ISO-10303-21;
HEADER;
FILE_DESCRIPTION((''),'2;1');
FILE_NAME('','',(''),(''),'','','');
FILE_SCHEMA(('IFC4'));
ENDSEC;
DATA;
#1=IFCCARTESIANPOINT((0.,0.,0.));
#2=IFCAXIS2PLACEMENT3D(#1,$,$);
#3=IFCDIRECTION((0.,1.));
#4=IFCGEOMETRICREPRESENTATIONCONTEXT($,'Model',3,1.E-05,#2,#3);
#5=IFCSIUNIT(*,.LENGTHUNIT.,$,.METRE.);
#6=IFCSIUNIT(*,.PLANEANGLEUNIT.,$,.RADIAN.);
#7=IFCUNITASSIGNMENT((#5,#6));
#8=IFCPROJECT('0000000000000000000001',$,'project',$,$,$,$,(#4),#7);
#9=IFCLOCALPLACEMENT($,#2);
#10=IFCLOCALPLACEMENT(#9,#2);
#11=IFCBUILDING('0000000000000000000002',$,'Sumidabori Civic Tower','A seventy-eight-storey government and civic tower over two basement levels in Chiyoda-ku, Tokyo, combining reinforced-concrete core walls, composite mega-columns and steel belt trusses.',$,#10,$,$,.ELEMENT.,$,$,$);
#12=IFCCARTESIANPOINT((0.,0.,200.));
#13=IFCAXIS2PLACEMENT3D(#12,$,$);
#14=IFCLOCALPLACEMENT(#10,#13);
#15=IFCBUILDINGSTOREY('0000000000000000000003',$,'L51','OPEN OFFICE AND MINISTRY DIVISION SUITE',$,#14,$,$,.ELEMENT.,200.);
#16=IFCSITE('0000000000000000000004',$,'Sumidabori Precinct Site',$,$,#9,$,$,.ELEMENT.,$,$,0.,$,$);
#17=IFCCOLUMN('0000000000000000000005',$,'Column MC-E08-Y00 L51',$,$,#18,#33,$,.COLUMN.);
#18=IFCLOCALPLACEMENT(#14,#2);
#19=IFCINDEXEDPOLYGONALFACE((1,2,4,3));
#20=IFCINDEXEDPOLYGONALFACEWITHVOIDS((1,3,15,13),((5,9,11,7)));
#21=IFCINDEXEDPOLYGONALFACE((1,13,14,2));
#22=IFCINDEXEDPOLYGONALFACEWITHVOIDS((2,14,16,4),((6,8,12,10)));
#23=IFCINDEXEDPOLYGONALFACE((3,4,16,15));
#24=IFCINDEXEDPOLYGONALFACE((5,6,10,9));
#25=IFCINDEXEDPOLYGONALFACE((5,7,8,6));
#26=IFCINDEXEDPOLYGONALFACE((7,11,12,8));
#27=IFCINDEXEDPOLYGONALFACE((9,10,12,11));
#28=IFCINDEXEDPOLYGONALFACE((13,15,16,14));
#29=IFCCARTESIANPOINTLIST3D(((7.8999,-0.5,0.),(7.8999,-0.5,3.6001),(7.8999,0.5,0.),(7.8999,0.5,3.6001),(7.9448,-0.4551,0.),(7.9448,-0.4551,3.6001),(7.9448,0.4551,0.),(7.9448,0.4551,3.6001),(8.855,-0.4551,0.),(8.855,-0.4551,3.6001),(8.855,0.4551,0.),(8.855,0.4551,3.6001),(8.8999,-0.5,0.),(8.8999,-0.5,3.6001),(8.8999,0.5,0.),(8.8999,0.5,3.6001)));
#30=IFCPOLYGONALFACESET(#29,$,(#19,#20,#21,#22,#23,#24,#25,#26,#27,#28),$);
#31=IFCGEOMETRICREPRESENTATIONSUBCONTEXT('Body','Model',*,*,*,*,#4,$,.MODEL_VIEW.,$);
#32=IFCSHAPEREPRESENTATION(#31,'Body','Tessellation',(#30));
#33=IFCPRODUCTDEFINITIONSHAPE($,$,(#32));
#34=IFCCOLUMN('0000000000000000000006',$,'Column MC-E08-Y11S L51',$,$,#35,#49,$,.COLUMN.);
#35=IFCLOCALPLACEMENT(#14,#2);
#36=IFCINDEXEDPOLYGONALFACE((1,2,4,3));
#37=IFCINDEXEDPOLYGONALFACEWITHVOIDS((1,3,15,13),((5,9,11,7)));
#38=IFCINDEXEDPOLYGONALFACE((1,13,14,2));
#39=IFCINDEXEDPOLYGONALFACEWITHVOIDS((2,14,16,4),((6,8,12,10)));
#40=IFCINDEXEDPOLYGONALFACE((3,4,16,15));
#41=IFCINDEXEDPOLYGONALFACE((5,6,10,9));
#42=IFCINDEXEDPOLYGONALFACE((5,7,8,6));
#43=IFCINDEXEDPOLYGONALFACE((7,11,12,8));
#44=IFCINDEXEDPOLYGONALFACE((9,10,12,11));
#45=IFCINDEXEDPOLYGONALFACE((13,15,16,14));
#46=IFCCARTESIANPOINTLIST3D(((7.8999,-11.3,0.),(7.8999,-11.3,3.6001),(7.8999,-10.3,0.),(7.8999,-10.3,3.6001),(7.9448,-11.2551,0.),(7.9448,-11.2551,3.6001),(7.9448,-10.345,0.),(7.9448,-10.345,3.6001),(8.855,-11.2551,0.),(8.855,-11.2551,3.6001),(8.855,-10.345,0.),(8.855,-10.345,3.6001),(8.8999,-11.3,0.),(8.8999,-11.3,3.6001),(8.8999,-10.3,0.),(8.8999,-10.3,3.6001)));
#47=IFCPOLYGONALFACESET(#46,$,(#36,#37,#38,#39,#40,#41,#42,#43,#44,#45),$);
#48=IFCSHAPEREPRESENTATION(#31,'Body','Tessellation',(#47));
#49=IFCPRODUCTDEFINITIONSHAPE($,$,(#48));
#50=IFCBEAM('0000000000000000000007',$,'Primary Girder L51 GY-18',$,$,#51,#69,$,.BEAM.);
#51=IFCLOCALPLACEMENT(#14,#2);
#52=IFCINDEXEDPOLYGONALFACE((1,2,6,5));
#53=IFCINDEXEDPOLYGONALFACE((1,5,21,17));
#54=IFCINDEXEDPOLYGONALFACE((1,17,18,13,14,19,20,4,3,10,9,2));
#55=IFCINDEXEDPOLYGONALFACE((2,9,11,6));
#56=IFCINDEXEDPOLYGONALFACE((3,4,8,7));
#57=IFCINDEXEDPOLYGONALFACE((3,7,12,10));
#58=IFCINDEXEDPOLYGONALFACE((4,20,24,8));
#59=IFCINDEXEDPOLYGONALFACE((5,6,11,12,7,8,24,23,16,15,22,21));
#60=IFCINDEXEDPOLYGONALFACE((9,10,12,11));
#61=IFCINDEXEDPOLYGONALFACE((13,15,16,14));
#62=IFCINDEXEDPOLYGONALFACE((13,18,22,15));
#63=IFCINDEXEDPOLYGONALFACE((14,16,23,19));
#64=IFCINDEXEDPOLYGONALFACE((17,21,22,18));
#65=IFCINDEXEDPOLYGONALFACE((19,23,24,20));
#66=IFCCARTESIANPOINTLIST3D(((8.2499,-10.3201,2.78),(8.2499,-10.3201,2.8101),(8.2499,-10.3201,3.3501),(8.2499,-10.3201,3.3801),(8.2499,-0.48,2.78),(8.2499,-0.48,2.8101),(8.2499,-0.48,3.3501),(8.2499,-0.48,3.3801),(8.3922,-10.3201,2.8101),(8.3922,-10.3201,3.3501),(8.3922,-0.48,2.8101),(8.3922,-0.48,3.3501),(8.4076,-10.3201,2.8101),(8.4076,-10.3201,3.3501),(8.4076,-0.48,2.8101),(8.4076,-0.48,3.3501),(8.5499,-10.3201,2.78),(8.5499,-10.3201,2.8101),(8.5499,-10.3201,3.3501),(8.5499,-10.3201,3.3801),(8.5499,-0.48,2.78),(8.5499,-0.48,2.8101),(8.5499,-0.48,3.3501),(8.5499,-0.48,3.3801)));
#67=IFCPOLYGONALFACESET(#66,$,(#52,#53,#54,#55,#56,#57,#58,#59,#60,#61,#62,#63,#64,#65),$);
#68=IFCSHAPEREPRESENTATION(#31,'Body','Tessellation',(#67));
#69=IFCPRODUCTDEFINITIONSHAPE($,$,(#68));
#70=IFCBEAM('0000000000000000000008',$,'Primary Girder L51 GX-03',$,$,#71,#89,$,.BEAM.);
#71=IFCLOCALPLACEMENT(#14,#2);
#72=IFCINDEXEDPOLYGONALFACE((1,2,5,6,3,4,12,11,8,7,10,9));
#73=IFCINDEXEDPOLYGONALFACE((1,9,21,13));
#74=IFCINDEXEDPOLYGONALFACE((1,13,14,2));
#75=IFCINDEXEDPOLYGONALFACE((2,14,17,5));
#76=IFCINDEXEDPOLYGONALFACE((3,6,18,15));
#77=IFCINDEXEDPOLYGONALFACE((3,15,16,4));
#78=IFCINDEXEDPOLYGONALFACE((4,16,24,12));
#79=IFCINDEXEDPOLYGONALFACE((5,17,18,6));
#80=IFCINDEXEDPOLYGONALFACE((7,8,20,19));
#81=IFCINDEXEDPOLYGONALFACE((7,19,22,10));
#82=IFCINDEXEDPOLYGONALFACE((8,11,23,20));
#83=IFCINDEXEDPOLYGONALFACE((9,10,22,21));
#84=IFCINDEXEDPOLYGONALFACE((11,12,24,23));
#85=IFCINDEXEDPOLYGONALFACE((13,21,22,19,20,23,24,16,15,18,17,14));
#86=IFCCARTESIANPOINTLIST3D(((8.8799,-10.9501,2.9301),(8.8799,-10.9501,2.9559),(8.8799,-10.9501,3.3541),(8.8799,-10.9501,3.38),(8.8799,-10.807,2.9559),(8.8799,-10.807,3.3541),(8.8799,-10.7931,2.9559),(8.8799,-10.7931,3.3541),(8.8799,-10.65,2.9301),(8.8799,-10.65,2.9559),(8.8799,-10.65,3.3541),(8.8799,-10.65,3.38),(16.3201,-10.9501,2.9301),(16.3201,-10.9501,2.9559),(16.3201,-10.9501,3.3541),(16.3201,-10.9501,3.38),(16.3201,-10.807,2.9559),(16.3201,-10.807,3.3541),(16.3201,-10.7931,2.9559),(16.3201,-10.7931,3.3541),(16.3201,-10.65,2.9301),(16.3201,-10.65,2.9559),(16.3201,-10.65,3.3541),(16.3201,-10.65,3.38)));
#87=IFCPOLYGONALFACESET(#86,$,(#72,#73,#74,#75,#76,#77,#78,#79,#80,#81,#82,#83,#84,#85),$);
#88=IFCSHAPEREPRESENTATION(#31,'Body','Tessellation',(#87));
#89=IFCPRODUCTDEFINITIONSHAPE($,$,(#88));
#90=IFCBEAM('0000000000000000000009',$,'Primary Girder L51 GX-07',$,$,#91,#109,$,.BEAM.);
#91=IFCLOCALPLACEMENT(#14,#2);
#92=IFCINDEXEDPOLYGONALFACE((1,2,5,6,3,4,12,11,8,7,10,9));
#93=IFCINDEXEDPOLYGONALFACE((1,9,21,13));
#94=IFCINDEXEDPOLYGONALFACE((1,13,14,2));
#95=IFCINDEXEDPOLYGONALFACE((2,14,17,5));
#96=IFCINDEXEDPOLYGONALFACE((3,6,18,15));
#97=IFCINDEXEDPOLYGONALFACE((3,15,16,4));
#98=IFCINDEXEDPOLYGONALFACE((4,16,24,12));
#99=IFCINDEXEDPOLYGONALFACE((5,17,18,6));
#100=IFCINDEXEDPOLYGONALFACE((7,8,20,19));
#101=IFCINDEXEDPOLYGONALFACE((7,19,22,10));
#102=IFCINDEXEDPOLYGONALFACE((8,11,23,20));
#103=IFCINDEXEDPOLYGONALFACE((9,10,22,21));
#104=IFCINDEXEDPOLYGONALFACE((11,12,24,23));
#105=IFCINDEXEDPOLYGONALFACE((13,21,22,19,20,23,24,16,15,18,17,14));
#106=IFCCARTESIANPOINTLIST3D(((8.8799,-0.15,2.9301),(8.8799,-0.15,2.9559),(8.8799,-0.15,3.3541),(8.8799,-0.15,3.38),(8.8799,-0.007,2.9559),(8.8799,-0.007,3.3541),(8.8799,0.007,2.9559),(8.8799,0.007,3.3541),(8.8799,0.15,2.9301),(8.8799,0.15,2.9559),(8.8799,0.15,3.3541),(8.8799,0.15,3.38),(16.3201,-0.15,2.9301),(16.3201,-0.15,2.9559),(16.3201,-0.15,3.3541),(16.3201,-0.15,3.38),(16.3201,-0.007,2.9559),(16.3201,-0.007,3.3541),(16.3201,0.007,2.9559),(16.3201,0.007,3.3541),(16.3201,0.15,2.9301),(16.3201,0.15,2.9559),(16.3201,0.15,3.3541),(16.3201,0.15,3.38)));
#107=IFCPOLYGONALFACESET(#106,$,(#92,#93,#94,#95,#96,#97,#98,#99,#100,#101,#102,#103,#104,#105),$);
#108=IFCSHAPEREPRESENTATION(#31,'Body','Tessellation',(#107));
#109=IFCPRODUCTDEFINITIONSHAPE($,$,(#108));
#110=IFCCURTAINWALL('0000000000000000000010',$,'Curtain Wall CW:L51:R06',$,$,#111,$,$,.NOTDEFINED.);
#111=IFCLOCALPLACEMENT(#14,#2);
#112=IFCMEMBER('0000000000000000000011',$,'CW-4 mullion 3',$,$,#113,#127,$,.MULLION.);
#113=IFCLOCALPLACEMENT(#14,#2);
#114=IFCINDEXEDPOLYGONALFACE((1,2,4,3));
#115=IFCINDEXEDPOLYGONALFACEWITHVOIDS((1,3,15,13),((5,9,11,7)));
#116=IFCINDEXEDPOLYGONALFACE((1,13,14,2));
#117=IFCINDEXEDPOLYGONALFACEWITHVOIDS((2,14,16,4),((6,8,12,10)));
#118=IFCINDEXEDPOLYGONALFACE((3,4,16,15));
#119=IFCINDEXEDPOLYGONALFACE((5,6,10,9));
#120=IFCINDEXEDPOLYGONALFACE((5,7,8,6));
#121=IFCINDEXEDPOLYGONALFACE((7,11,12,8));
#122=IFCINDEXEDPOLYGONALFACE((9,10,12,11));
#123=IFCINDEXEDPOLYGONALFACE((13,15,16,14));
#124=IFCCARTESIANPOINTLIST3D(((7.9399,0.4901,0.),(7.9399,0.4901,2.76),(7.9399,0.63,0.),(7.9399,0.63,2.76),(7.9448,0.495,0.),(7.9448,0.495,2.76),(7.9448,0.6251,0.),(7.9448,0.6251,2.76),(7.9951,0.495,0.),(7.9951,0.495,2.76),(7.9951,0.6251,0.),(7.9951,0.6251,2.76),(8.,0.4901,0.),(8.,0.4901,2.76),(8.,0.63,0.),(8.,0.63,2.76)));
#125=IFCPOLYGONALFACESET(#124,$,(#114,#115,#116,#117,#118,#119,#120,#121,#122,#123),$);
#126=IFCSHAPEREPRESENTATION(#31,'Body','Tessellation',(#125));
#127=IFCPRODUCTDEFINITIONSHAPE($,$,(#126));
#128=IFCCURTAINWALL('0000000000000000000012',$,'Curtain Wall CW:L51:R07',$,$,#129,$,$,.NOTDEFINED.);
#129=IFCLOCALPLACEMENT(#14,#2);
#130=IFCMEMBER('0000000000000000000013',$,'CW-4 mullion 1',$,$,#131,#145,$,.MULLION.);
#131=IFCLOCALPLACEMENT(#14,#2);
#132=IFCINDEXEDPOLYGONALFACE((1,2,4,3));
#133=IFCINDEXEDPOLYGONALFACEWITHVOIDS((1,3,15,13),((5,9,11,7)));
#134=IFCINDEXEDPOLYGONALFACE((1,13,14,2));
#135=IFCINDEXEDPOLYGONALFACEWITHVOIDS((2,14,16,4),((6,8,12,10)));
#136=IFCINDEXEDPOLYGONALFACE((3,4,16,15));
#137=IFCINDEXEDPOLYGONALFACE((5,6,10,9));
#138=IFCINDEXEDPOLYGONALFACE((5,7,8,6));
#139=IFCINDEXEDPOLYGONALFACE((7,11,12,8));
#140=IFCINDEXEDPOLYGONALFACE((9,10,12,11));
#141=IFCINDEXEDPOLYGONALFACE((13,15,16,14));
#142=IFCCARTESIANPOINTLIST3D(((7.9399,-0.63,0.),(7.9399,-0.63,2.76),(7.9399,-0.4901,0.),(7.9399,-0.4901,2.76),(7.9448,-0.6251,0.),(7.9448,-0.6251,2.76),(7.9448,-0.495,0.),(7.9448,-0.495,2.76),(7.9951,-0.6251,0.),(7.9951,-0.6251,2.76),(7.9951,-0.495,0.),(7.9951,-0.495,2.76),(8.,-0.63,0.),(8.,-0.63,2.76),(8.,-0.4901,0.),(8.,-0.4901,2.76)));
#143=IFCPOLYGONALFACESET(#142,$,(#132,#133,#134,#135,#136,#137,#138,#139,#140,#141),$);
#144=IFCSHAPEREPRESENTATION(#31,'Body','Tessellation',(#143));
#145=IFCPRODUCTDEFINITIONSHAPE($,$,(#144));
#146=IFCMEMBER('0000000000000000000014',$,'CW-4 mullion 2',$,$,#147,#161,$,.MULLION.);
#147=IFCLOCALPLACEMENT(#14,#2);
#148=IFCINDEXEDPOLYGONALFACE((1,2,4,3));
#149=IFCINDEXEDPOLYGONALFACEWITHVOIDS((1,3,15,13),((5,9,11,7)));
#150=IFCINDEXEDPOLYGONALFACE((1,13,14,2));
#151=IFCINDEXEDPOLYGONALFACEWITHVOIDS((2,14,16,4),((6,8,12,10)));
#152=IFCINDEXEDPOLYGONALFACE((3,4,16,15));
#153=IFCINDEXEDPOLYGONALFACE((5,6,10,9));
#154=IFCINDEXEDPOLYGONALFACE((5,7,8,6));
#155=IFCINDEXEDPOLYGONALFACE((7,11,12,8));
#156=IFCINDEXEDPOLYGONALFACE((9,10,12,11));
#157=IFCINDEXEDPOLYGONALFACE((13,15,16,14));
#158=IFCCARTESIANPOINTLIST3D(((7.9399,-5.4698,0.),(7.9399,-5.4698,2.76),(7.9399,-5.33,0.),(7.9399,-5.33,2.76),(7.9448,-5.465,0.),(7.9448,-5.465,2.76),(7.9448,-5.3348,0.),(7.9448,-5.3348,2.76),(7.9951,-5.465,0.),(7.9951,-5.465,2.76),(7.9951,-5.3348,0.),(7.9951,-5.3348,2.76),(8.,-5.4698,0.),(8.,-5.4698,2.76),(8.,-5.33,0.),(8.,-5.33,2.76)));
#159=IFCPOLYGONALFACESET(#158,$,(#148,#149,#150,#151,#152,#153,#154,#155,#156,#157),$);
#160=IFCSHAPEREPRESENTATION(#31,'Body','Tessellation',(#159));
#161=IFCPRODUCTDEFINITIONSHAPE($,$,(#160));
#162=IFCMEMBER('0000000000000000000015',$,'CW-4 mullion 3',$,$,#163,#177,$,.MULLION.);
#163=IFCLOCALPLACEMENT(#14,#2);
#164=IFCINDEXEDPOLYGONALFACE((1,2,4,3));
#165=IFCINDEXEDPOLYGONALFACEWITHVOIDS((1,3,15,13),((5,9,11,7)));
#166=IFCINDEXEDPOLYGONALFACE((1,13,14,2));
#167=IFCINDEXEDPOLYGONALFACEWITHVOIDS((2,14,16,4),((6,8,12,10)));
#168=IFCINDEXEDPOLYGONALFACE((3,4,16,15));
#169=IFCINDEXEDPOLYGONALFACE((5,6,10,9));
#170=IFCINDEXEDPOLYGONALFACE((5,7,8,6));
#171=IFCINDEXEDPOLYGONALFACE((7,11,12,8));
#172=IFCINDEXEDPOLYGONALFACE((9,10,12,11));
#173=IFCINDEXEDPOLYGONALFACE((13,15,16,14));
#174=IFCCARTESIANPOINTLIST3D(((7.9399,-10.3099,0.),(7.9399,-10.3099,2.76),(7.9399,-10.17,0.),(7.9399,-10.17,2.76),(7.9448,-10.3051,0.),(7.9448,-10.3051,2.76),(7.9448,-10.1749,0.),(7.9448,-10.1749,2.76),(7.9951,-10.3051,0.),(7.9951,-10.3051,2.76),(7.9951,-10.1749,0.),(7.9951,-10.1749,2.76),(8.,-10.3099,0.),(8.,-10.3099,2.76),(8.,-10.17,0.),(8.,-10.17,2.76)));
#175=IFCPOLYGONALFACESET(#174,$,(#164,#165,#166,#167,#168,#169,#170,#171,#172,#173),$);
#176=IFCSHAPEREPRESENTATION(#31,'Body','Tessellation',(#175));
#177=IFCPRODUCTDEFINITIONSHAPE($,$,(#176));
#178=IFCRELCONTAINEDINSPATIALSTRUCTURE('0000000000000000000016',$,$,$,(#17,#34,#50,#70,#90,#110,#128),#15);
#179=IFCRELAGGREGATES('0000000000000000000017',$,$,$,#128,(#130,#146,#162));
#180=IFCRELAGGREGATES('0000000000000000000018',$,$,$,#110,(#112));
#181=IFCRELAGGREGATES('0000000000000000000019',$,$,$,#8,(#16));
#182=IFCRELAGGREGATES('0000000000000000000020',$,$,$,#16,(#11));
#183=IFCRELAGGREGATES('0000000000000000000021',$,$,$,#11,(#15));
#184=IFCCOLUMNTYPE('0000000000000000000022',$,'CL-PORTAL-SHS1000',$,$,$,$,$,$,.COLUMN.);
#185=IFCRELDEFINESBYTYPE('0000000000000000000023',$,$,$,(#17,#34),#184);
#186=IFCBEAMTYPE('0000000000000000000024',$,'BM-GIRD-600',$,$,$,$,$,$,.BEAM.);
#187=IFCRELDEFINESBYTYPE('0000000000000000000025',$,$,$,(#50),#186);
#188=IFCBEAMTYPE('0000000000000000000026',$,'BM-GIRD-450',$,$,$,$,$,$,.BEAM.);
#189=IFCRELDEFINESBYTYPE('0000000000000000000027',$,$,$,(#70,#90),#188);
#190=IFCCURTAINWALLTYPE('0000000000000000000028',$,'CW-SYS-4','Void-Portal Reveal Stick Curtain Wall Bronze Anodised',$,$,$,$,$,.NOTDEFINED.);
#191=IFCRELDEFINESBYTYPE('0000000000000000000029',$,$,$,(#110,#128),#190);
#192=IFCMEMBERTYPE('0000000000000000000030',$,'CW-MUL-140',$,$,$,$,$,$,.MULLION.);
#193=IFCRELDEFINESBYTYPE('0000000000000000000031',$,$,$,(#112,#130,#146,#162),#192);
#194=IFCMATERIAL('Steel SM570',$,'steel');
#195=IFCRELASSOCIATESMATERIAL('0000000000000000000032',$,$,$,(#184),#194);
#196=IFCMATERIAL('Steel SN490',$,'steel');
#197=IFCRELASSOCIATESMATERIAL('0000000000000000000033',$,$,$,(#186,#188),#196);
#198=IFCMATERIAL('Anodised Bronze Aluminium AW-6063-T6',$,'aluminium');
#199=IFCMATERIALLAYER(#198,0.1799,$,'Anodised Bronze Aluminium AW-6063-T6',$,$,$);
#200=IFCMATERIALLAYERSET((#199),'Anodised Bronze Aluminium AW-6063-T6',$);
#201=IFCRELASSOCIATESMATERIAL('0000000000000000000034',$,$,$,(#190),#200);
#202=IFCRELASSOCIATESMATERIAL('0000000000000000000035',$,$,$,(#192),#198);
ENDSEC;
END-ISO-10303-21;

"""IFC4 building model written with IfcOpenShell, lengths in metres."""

from ifc_helpers import new_model, si_unit, direction, frame, origin, origin_2d, place, context, subcontext, project, spatial, hollow_rectangle, i_section, extrude, source, transform, mapped, material, layer, layer_set, material_profile, profile_set, type_object, element, aggregate, save


model = new_model("IFC4")

# Units and contexts
model_context = context("Model", 3, precision=1e-05, world=origin(), true_north=direction((0.0, 1.0)))
body_context = subcontext(model_context, "Body", "Model", "MODEL_VIEW")
ifc_project = project(units=[si_unit("LENGTHUNIT", "METRE"), si_unit("PLANEANGLEUNIT", "RADIAN")], contexts=[model_context])

# Site, building, storey
site_placement = place(None, origin())
site = spatial("IfcSite", under=ifc_project, at=site_placement, Name="Sumidabori Precinct Site", CompositionType="ELEMENT", RefElevation=0.0)
building_placement = place(site_placement, origin())
building = spatial("IfcBuilding", under=site, at=building_placement, Name="Sumidabori Civic Tower", Description="A seventy-eight-storey government and civic tower over two basement levels in Chiyoda-ku, Tokyo, combining reinforced-concrete core walls, composite mega-columns and steel belt trusses.", CompositionType="ELEMENT")
storey_placement = place(building_placement, frame((0.0, 0.0, 200.0)))
storey = spatial("IfcBuildingStorey", under=building, at=storey_placement, Name="L51", Description="OPEN OFFICE AND MINISTRY DIVISION SUITE", CompositionType="ELEMENT", Elevation=200.0)

# Columns
ifc_material_1 = material(Name="Steel SM570", Category="steel")
ifc_material_profile_1 = material_profile(ifc_material_1, hollow_rectangle(XDim=1.0, YDim=1.0, WallThickness=0.0449, at=origin_2d()), Name="SHS 1000x1000x45")
ifc_profile_set_1 = profile_set([ifc_material_profile_1], Name="Steel SM570")
column_type = type_object("IfcColumnType", Name="CL-PORTAL-SHS1000", PredefinedType="COLUMN", material=ifc_profile_set_1)
shared_shape_1 = source(origin(), body_context, "Body", "SweptSolid", [
    extrude(hollow_rectangle(XDim=1.0, YDim=1.0, WallThickness=0.0449, at=origin_2d()), origin(), (0.0, 0.0, 1.0), 3.6001),
])
for number, where, z_axis, x_axis, name in (
    (1, (8.3999, 0.0, 0.0), (0.0, 0.0, 1.0), (1.0, 0.0, 0.0), "Column MC-E08-Y00 L51"),
    (2, (8.3999, -10.8, 0.0), (0.0, 0.0, 1.0), (1.0, 0.0, 0.0), "Column MC-E08-Y11S L51"),
):
    element("IfcColumn", number, at=place(storey_placement, frame(where, z_axis=z_axis, x_axis=x_axis)), inside=storey, type_object=column_type, Name=name, PredefinedType="COLUMN", context=body_context, shape_type="MappedRepresentation", body=[
        mapped(shared_shape_1, transform((0.0, 0.0, 0.0), x_axis=(1.0, 0.0, 0.0), y_axis=(0.0, 1.0, 0.0), z_axis=(0.0, 0.0, 1.0), scale=1.0)),
    ])

# Beams
ifc_material_2 = material(Name="Steel SN490", Category="steel")
ifc_material_profile_2 = material_profile(ifc_material_2, i_section(OverallWidth=0.3, OverallDepth=0.6001, WebThickness=0.0154, FlangeThickness=0.03, at=origin_2d()), Name="HE 600 B")
ifc_profile_set_2 = profile_set([ifc_material_profile_2], Name="Steel SN490")
beam_type_1 = type_object("IfcBeamType", Name="BM-GIRD-600", PredefinedType="BEAM", material=ifc_profile_set_2)
shared_shape_2 = source(origin(), body_context, "Body", "SweptSolid", [
    extrude(i_section(OverallWidth=0.3, OverallDepth=0.6001, WebThickness=0.0154, FlangeThickness=0.03, at=origin_2d()), origin(), (0.0, 0.0, 1.0), 9.8401),
])
beam_placement = place(storey_placement, frame((8.3999, -10.3201, 3.0801), z_axis=(0.0, 1.0, 0.0), x_axis=(-1.0, 0.0, 0.0)))
element("IfcBeam", 3, at=beam_placement, inside=storey, type_object=beam_type_1, Name="Primary Girder L51 GY-18", PredefinedType="BEAM", context=body_context, shape_type="MappedRepresentation", body=[
    mapped(shared_shape_2, transform((0.0, 0.0, 0.0), x_axis=(1.0, 0.0, 0.0), y_axis=(0.0, 1.0, 0.0), z_axis=(0.0, 0.0, 1.0), scale=1.0)),
])
ifc_material_profile_3 = material_profile(ifc_material_2, i_section(OverallWidth=0.3, OverallDepth=0.45, WebThickness=0.0139, FlangeThickness=0.0259, at=origin_2d()), Name="HE 450 B")
ifc_profile_set_3 = profile_set([ifc_material_profile_3], Name="Steel SN490")
beam_type_2 = type_object("IfcBeamType", Name="BM-GIRD-450", PredefinedType="BEAM", material=ifc_profile_set_3)
shared_shape_3 = source(origin(), body_context, "Body", "SweptSolid", [
    extrude(i_section(OverallWidth=0.3, OverallDepth=0.45, WebThickness=0.0139, FlangeThickness=0.0259, at=origin_2d()), origin(), (0.0, 0.0, 1.0), 7.4402),
])
for number, where, z_axis, x_axis, name in (
    (4, (8.8799, -10.8, 3.155), (1.0, 0.0, 0.0), (0.0, 1.0, 0.0), "Primary Girder L51 GX-03"),
    (5, (8.8799, 0.0, 3.155), (1.0, 0.0, 0.0), (0.0, 1.0, 0.0), "Primary Girder L51 GX-07"),
):
    element("IfcBeam", number, at=place(storey_placement, frame(where, z_axis=z_axis, x_axis=x_axis)), inside=storey, type_object=beam_type_2, Name=name, PredefinedType="BEAM", context=body_context, shape_type="MappedRepresentation", body=[
        mapped(shared_shape_3, transform((0.0, 0.0, 0.0), x_axis=(1.0, 0.0, 0.0), y_axis=(0.0, 1.0, 0.0), z_axis=(0.0, 0.0, 1.0), scale=1.0)),
    ])

# Curtain wall, member
ifc_material_3 = material(Name="Anodised Bronze Aluminium AW-6063-T6", Category="aluminium")
ifc_layer_1 = layer(ifc_material_3, 0.1799, Name="Anodised Bronze Aluminium AW-6063-T6")
ifc_layer_set_1 = layer_set([ifc_layer_1], Name="Anodised Bronze Aluminium AW-6063-T6")
curtain_wall_type_1 = type_object("IfcCurtainWallType", Name="CW-SYS-4", Description="Void-Portal Reveal Stick Curtain Wall Bronze Anodised", PredefinedType="NOTDEFINED", material=ifc_layer_set_1)
curtain_wall_1_placement = place(storey_placement, origin())
curtain_wall_1 = element("IfcCurtainWall", 6, at=curtain_wall_1_placement, inside=storey, type_object=curtain_wall_type_1, Name="Curtain Wall CW:L51:R06", PredefinedType="NOTDEFINED")
ifc_material_profile_4 = material_profile(ifc_material_3, hollow_rectangle(XDim=0.0601, YDim=0.1399, WallThickness=0.0049, at=origin_2d()), Name="ALU MULLION 140x60")
ifc_profile_set_4 = profile_set([ifc_material_profile_4], Name="Anodised Bronze Aluminium AW-6063-T6")
member_type_1 = type_object("IfcMemberType", Name="CW-MUL-140", PredefinedType="MULLION", material=ifc_profile_set_4)
shared_shape_4 = source(origin(), body_context, "Body", "SweptSolid", [
    extrude(hollow_rectangle(XDim=0.0601, YDim=0.1399, WallThickness=0.0049, at=origin_2d()), origin(), (0.0, 0.0, 1.0), 2.76),
])
member_1_placement = place(storey_placement, frame((7.97, 0.5601, 0.0), z_axis=(0.0, 0.0, 1.0), x_axis=(1.0, 0.0, 0.0)))
member_1 = element("IfcMember", 7, at=member_1_placement, type_object=member_type_1, Name="CW-4 mullion 3", PredefinedType="MULLION", context=body_context, shape_type="MappedRepresentation", body=[
    mapped(shared_shape_4, transform((0.0, 0.0, 0.0), x_axis=(1.0, 0.0, 0.0), y_axis=(0.0, 1.0, 0.0), z_axis=(0.0, 0.0, 1.0), scale=1.0)),
])

# Curtain wall, members
curtain_wall_2_placement = place(storey_placement, origin())
curtain_wall_2 = element("IfcCurtainWall", 8, at=curtain_wall_2_placement, inside=storey, type_object=curtain_wall_type_1, Name="Curtain Wall CW:L51:R07", PredefinedType="NOTDEFINED")
member_2_placement = place(storey_placement, frame((7.97, -0.5601, 0.0), z_axis=(0.0, 0.0, 1.0), x_axis=(1.0, 0.0, 0.0)))
member_2 = element("IfcMember", 9, at=member_2_placement, type_object=member_type_1, Name="CW-4 mullion 1", PredefinedType="MULLION", context=body_context, shape_type="MappedRepresentation", body=[
    mapped(shared_shape_4, transform((0.0, 0.0, 0.0), x_axis=(1.0, 0.0, 0.0), y_axis=(0.0, 1.0, 0.0), z_axis=(0.0, 0.0, 1.0), scale=1.0)),
])
member_3_placement = place(storey_placement, frame((7.97, -5.3999, 0.0), z_axis=(0.0, 0.0, 1.0), x_axis=(1.0, 0.0, 0.0)))
member_3 = element("IfcMember", 10, at=member_3_placement, type_object=member_type_1, Name="CW-4 mullion 2", PredefinedType="MULLION", context=body_context, shape_type="MappedRepresentation", body=[
    mapped(shared_shape_4, transform((0.0, 0.0, 0.0), x_axis=(1.0, 0.0, 0.0), y_axis=(0.0, 1.0, 0.0), z_axis=(0.0, 0.0, 1.0), scale=1.0)),
])
member_4_placement = place(storey_placement, frame((7.97, -10.24, 0.0), z_axis=(0.0, 0.0, 1.0), x_axis=(1.0, 0.0, 0.0)))
member_4 = element("IfcMember", 11, at=member_4_placement, type_object=member_type_1, Name="CW-4 mullion 3", PredefinedType="MULLION", context=body_context, shape_type="MappedRepresentation", body=[
    mapped(shared_shape_4, transform((0.0, 0.0, 0.0), x_axis=(1.0, 0.0, 0.0), y_axis=(0.0, 1.0, 0.0), z_axis=(0.0, 0.0, 1.0), scale=1.0)),
])

aggregate(curtain_wall_2, [member_2, member_3, member_4])
aggregate(curtain_wall_1, [member_1])

save(model, "model.ifc")
